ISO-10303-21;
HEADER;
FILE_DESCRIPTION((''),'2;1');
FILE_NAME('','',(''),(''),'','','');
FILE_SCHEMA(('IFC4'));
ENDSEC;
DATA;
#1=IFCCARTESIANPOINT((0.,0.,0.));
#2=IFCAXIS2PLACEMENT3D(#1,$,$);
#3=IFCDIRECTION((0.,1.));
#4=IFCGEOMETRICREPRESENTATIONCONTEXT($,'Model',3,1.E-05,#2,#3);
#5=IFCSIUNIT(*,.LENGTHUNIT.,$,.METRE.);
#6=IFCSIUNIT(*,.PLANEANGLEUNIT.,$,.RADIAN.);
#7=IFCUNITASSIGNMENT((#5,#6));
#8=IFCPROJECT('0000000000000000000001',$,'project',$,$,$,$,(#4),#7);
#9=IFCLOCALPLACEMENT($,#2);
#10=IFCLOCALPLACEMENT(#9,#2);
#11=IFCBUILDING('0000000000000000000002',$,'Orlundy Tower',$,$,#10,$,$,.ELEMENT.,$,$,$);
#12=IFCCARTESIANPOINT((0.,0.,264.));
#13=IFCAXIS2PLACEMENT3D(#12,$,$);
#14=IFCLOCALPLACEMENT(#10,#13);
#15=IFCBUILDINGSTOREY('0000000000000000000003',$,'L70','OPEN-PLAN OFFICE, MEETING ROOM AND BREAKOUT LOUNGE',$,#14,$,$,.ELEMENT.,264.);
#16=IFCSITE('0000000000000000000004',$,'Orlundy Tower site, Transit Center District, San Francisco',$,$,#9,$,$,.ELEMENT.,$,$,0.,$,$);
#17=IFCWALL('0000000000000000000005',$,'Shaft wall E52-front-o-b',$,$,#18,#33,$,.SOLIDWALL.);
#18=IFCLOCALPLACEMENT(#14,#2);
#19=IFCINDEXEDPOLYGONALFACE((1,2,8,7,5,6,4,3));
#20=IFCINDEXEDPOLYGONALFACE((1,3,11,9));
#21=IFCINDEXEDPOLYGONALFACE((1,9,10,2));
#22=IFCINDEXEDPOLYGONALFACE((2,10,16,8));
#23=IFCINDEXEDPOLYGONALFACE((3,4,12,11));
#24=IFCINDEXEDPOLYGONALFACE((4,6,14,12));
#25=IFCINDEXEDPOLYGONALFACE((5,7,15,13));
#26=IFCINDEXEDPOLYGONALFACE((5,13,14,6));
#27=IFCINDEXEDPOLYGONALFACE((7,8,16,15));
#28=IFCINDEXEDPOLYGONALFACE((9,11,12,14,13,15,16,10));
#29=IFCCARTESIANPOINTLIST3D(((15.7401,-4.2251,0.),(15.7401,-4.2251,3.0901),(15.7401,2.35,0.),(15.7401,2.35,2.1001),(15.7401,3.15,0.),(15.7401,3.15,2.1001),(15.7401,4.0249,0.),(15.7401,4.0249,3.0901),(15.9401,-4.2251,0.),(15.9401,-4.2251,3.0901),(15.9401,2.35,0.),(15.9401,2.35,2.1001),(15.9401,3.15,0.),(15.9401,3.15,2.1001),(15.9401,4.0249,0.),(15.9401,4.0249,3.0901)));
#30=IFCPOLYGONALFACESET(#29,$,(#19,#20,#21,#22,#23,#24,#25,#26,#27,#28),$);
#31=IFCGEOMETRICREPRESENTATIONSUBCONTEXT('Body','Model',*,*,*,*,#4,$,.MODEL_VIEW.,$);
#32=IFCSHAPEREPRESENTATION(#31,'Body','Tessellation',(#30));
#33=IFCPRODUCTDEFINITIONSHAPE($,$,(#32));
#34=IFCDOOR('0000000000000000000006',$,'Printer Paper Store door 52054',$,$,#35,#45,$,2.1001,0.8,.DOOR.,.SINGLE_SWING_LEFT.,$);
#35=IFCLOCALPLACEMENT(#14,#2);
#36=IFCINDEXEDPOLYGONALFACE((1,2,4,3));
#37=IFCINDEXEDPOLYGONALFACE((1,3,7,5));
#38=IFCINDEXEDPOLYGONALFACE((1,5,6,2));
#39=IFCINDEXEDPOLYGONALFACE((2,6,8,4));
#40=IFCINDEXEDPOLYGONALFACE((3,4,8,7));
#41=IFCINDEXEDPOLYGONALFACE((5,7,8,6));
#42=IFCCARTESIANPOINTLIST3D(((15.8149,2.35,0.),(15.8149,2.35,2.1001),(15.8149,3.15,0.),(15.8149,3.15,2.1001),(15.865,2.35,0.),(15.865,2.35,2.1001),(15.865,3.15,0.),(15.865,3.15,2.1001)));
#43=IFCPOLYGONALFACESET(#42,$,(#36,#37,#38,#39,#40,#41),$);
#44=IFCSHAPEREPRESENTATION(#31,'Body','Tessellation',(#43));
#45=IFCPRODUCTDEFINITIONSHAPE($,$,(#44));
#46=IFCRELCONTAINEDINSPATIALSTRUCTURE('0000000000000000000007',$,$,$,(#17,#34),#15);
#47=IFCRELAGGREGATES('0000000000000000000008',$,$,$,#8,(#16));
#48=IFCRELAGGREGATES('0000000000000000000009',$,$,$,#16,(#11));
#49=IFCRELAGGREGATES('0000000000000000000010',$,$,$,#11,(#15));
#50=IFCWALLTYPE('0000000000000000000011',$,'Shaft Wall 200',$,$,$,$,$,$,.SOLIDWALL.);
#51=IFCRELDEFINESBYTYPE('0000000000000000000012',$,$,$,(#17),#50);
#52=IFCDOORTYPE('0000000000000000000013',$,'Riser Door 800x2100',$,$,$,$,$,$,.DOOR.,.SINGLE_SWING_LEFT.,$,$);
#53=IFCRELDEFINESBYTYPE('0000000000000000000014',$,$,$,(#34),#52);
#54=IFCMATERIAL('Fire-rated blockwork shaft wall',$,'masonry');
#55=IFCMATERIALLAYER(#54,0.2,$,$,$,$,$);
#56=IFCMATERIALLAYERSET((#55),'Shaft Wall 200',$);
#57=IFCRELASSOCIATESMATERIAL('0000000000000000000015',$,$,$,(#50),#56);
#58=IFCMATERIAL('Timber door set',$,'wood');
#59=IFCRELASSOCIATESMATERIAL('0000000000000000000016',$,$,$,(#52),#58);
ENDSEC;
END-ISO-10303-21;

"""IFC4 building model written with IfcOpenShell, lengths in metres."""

from ifc_helpers import new_model, si_unit, direction, frame, frame_2d, origin, place, context, subcontext, project, spatial, rectangle, extrude, material, layer, layer_set, type_object, element, fill, save


model = new_model("IFC4")

# Units and contexts
model_context = context("Model", 3, precision=1e-05, world=origin(), true_north=direction((0.0, 1.0)))
body_context = subcontext(model_context, "Body", "Model", "MODEL_VIEW")
ifc_project = project(units=[si_unit("LENGTHUNIT", "METRE"), si_unit("PLANEANGLEUNIT", "RADIAN")], contexts=[model_context])

# Site, building, storey
site_placement = place(None, origin())
site = spatial("IfcSite", under=ifc_project, at=site_placement, Name="Orlundy Tower site, Transit Center District, San Francisco", CompositionType="ELEMENT", RefElevation=0.0)
building_placement = place(site_placement, origin())
building = spatial("IfcBuilding", under=site, at=building_placement, Name="Orlundy Tower", CompositionType="ELEMENT")
storey_placement = place(building_placement, frame((0.0, 0.0, 264.0)))
storey = spatial("IfcBuildingStorey", under=building, at=storey_placement, Name="L70", Description="OPEN-PLAN OFFICE, MEETING ROOM AND BREAKOUT LOUNGE", CompositionType="ELEMENT", Elevation=264.0)

# Shared definitions
ifc_material_1 = material(Name="Fire-rated blockwork shaft wall", Category="masonry")
ifc_layer_1 = layer(ifc_material_1, 0.2)
ifc_layer_set_1 = layer_set([ifc_layer_1], Name="Shaft Wall 200")
wall_type_1 = type_object("IfcWallType", Name="Shaft Wall 200", PredefinedType="SOLIDWALL", material=ifc_layer_set_1)

# Shared definitions
ifc_material_2 = material(Name="Timber door set", Category="wood")
door_type_1 = type_object("IfcDoorType", Name="Riser Door 800x2100", OperationType="SINGLE_SWING_LEFT", PredefinedType="DOOR", material=ifc_material_2)

# Wall, opening, door
wall_1_placement = place(storey_placement, frame((15.8401, 4.0249, 0.0), z_axis=(0.0, 0.0, 1.0), x_axis=(0.0, -1.0, 0.0)))
wall_1 = element("IfcWall", 1, at=wall_1_placement, inside=storey, type_object=wall_type_1, Name="Shaft wall E52-front-o-b", PredefinedType="SOLIDWALL", context=body_context, shape_type="SweptSolid", body=[
    extrude(rectangle(XDim=8.25, YDim=0.2, at=frame_2d((4.125, 0.0))), origin(), (0.0, 0.0, 1.0), 3.0901),
])
opening_1_placement = place(wall_1_placement, frame((0.875, 0.0, 0.0)))
opening_1 = element("IfcOpeningElement", 2, at=opening_1_placement, cuts=wall_1, PredefinedType="OPENING", context=body_context, shape_type="SweptSolid", body=[
    extrude(rectangle(XDim=0.8, YDim=2.1001, at=frame_2d((0.3999, 1.05))), frame((0.0, 0.1101, 0.0), z_axis=(0.0, -1.0, 0.0), x_axis=(1.0, 0.0, 0.0)), (0.0, 0.0, 1.0), 0.2202),
])
door_1_placement = place(opening_1_placement, origin())
door_1 = element("IfcDoor", 3, at=door_1_placement, inside=storey, type_object=door_type_1, Name="Printer Paper Store door 52054", OperationType="SINGLE_SWING_LEFT", OverallHeight=2.1001, OverallWidth=0.8, PredefinedType="DOOR", context=body_context, shape_type="SweptSolid", body=[
    extrude(rectangle(XDim=0.8, YDim=2.1001, at=frame_2d((0.3999, 1.05))), frame((0.0, 0.0249, 0.0), z_axis=(0.0, -1.0, 0.0), x_axis=(1.0, 0.0, 0.0)), (0.0, 0.0, 1.0), 0.05),
])
fill(opening_1, door_1)

save(model, "model.ifc")
